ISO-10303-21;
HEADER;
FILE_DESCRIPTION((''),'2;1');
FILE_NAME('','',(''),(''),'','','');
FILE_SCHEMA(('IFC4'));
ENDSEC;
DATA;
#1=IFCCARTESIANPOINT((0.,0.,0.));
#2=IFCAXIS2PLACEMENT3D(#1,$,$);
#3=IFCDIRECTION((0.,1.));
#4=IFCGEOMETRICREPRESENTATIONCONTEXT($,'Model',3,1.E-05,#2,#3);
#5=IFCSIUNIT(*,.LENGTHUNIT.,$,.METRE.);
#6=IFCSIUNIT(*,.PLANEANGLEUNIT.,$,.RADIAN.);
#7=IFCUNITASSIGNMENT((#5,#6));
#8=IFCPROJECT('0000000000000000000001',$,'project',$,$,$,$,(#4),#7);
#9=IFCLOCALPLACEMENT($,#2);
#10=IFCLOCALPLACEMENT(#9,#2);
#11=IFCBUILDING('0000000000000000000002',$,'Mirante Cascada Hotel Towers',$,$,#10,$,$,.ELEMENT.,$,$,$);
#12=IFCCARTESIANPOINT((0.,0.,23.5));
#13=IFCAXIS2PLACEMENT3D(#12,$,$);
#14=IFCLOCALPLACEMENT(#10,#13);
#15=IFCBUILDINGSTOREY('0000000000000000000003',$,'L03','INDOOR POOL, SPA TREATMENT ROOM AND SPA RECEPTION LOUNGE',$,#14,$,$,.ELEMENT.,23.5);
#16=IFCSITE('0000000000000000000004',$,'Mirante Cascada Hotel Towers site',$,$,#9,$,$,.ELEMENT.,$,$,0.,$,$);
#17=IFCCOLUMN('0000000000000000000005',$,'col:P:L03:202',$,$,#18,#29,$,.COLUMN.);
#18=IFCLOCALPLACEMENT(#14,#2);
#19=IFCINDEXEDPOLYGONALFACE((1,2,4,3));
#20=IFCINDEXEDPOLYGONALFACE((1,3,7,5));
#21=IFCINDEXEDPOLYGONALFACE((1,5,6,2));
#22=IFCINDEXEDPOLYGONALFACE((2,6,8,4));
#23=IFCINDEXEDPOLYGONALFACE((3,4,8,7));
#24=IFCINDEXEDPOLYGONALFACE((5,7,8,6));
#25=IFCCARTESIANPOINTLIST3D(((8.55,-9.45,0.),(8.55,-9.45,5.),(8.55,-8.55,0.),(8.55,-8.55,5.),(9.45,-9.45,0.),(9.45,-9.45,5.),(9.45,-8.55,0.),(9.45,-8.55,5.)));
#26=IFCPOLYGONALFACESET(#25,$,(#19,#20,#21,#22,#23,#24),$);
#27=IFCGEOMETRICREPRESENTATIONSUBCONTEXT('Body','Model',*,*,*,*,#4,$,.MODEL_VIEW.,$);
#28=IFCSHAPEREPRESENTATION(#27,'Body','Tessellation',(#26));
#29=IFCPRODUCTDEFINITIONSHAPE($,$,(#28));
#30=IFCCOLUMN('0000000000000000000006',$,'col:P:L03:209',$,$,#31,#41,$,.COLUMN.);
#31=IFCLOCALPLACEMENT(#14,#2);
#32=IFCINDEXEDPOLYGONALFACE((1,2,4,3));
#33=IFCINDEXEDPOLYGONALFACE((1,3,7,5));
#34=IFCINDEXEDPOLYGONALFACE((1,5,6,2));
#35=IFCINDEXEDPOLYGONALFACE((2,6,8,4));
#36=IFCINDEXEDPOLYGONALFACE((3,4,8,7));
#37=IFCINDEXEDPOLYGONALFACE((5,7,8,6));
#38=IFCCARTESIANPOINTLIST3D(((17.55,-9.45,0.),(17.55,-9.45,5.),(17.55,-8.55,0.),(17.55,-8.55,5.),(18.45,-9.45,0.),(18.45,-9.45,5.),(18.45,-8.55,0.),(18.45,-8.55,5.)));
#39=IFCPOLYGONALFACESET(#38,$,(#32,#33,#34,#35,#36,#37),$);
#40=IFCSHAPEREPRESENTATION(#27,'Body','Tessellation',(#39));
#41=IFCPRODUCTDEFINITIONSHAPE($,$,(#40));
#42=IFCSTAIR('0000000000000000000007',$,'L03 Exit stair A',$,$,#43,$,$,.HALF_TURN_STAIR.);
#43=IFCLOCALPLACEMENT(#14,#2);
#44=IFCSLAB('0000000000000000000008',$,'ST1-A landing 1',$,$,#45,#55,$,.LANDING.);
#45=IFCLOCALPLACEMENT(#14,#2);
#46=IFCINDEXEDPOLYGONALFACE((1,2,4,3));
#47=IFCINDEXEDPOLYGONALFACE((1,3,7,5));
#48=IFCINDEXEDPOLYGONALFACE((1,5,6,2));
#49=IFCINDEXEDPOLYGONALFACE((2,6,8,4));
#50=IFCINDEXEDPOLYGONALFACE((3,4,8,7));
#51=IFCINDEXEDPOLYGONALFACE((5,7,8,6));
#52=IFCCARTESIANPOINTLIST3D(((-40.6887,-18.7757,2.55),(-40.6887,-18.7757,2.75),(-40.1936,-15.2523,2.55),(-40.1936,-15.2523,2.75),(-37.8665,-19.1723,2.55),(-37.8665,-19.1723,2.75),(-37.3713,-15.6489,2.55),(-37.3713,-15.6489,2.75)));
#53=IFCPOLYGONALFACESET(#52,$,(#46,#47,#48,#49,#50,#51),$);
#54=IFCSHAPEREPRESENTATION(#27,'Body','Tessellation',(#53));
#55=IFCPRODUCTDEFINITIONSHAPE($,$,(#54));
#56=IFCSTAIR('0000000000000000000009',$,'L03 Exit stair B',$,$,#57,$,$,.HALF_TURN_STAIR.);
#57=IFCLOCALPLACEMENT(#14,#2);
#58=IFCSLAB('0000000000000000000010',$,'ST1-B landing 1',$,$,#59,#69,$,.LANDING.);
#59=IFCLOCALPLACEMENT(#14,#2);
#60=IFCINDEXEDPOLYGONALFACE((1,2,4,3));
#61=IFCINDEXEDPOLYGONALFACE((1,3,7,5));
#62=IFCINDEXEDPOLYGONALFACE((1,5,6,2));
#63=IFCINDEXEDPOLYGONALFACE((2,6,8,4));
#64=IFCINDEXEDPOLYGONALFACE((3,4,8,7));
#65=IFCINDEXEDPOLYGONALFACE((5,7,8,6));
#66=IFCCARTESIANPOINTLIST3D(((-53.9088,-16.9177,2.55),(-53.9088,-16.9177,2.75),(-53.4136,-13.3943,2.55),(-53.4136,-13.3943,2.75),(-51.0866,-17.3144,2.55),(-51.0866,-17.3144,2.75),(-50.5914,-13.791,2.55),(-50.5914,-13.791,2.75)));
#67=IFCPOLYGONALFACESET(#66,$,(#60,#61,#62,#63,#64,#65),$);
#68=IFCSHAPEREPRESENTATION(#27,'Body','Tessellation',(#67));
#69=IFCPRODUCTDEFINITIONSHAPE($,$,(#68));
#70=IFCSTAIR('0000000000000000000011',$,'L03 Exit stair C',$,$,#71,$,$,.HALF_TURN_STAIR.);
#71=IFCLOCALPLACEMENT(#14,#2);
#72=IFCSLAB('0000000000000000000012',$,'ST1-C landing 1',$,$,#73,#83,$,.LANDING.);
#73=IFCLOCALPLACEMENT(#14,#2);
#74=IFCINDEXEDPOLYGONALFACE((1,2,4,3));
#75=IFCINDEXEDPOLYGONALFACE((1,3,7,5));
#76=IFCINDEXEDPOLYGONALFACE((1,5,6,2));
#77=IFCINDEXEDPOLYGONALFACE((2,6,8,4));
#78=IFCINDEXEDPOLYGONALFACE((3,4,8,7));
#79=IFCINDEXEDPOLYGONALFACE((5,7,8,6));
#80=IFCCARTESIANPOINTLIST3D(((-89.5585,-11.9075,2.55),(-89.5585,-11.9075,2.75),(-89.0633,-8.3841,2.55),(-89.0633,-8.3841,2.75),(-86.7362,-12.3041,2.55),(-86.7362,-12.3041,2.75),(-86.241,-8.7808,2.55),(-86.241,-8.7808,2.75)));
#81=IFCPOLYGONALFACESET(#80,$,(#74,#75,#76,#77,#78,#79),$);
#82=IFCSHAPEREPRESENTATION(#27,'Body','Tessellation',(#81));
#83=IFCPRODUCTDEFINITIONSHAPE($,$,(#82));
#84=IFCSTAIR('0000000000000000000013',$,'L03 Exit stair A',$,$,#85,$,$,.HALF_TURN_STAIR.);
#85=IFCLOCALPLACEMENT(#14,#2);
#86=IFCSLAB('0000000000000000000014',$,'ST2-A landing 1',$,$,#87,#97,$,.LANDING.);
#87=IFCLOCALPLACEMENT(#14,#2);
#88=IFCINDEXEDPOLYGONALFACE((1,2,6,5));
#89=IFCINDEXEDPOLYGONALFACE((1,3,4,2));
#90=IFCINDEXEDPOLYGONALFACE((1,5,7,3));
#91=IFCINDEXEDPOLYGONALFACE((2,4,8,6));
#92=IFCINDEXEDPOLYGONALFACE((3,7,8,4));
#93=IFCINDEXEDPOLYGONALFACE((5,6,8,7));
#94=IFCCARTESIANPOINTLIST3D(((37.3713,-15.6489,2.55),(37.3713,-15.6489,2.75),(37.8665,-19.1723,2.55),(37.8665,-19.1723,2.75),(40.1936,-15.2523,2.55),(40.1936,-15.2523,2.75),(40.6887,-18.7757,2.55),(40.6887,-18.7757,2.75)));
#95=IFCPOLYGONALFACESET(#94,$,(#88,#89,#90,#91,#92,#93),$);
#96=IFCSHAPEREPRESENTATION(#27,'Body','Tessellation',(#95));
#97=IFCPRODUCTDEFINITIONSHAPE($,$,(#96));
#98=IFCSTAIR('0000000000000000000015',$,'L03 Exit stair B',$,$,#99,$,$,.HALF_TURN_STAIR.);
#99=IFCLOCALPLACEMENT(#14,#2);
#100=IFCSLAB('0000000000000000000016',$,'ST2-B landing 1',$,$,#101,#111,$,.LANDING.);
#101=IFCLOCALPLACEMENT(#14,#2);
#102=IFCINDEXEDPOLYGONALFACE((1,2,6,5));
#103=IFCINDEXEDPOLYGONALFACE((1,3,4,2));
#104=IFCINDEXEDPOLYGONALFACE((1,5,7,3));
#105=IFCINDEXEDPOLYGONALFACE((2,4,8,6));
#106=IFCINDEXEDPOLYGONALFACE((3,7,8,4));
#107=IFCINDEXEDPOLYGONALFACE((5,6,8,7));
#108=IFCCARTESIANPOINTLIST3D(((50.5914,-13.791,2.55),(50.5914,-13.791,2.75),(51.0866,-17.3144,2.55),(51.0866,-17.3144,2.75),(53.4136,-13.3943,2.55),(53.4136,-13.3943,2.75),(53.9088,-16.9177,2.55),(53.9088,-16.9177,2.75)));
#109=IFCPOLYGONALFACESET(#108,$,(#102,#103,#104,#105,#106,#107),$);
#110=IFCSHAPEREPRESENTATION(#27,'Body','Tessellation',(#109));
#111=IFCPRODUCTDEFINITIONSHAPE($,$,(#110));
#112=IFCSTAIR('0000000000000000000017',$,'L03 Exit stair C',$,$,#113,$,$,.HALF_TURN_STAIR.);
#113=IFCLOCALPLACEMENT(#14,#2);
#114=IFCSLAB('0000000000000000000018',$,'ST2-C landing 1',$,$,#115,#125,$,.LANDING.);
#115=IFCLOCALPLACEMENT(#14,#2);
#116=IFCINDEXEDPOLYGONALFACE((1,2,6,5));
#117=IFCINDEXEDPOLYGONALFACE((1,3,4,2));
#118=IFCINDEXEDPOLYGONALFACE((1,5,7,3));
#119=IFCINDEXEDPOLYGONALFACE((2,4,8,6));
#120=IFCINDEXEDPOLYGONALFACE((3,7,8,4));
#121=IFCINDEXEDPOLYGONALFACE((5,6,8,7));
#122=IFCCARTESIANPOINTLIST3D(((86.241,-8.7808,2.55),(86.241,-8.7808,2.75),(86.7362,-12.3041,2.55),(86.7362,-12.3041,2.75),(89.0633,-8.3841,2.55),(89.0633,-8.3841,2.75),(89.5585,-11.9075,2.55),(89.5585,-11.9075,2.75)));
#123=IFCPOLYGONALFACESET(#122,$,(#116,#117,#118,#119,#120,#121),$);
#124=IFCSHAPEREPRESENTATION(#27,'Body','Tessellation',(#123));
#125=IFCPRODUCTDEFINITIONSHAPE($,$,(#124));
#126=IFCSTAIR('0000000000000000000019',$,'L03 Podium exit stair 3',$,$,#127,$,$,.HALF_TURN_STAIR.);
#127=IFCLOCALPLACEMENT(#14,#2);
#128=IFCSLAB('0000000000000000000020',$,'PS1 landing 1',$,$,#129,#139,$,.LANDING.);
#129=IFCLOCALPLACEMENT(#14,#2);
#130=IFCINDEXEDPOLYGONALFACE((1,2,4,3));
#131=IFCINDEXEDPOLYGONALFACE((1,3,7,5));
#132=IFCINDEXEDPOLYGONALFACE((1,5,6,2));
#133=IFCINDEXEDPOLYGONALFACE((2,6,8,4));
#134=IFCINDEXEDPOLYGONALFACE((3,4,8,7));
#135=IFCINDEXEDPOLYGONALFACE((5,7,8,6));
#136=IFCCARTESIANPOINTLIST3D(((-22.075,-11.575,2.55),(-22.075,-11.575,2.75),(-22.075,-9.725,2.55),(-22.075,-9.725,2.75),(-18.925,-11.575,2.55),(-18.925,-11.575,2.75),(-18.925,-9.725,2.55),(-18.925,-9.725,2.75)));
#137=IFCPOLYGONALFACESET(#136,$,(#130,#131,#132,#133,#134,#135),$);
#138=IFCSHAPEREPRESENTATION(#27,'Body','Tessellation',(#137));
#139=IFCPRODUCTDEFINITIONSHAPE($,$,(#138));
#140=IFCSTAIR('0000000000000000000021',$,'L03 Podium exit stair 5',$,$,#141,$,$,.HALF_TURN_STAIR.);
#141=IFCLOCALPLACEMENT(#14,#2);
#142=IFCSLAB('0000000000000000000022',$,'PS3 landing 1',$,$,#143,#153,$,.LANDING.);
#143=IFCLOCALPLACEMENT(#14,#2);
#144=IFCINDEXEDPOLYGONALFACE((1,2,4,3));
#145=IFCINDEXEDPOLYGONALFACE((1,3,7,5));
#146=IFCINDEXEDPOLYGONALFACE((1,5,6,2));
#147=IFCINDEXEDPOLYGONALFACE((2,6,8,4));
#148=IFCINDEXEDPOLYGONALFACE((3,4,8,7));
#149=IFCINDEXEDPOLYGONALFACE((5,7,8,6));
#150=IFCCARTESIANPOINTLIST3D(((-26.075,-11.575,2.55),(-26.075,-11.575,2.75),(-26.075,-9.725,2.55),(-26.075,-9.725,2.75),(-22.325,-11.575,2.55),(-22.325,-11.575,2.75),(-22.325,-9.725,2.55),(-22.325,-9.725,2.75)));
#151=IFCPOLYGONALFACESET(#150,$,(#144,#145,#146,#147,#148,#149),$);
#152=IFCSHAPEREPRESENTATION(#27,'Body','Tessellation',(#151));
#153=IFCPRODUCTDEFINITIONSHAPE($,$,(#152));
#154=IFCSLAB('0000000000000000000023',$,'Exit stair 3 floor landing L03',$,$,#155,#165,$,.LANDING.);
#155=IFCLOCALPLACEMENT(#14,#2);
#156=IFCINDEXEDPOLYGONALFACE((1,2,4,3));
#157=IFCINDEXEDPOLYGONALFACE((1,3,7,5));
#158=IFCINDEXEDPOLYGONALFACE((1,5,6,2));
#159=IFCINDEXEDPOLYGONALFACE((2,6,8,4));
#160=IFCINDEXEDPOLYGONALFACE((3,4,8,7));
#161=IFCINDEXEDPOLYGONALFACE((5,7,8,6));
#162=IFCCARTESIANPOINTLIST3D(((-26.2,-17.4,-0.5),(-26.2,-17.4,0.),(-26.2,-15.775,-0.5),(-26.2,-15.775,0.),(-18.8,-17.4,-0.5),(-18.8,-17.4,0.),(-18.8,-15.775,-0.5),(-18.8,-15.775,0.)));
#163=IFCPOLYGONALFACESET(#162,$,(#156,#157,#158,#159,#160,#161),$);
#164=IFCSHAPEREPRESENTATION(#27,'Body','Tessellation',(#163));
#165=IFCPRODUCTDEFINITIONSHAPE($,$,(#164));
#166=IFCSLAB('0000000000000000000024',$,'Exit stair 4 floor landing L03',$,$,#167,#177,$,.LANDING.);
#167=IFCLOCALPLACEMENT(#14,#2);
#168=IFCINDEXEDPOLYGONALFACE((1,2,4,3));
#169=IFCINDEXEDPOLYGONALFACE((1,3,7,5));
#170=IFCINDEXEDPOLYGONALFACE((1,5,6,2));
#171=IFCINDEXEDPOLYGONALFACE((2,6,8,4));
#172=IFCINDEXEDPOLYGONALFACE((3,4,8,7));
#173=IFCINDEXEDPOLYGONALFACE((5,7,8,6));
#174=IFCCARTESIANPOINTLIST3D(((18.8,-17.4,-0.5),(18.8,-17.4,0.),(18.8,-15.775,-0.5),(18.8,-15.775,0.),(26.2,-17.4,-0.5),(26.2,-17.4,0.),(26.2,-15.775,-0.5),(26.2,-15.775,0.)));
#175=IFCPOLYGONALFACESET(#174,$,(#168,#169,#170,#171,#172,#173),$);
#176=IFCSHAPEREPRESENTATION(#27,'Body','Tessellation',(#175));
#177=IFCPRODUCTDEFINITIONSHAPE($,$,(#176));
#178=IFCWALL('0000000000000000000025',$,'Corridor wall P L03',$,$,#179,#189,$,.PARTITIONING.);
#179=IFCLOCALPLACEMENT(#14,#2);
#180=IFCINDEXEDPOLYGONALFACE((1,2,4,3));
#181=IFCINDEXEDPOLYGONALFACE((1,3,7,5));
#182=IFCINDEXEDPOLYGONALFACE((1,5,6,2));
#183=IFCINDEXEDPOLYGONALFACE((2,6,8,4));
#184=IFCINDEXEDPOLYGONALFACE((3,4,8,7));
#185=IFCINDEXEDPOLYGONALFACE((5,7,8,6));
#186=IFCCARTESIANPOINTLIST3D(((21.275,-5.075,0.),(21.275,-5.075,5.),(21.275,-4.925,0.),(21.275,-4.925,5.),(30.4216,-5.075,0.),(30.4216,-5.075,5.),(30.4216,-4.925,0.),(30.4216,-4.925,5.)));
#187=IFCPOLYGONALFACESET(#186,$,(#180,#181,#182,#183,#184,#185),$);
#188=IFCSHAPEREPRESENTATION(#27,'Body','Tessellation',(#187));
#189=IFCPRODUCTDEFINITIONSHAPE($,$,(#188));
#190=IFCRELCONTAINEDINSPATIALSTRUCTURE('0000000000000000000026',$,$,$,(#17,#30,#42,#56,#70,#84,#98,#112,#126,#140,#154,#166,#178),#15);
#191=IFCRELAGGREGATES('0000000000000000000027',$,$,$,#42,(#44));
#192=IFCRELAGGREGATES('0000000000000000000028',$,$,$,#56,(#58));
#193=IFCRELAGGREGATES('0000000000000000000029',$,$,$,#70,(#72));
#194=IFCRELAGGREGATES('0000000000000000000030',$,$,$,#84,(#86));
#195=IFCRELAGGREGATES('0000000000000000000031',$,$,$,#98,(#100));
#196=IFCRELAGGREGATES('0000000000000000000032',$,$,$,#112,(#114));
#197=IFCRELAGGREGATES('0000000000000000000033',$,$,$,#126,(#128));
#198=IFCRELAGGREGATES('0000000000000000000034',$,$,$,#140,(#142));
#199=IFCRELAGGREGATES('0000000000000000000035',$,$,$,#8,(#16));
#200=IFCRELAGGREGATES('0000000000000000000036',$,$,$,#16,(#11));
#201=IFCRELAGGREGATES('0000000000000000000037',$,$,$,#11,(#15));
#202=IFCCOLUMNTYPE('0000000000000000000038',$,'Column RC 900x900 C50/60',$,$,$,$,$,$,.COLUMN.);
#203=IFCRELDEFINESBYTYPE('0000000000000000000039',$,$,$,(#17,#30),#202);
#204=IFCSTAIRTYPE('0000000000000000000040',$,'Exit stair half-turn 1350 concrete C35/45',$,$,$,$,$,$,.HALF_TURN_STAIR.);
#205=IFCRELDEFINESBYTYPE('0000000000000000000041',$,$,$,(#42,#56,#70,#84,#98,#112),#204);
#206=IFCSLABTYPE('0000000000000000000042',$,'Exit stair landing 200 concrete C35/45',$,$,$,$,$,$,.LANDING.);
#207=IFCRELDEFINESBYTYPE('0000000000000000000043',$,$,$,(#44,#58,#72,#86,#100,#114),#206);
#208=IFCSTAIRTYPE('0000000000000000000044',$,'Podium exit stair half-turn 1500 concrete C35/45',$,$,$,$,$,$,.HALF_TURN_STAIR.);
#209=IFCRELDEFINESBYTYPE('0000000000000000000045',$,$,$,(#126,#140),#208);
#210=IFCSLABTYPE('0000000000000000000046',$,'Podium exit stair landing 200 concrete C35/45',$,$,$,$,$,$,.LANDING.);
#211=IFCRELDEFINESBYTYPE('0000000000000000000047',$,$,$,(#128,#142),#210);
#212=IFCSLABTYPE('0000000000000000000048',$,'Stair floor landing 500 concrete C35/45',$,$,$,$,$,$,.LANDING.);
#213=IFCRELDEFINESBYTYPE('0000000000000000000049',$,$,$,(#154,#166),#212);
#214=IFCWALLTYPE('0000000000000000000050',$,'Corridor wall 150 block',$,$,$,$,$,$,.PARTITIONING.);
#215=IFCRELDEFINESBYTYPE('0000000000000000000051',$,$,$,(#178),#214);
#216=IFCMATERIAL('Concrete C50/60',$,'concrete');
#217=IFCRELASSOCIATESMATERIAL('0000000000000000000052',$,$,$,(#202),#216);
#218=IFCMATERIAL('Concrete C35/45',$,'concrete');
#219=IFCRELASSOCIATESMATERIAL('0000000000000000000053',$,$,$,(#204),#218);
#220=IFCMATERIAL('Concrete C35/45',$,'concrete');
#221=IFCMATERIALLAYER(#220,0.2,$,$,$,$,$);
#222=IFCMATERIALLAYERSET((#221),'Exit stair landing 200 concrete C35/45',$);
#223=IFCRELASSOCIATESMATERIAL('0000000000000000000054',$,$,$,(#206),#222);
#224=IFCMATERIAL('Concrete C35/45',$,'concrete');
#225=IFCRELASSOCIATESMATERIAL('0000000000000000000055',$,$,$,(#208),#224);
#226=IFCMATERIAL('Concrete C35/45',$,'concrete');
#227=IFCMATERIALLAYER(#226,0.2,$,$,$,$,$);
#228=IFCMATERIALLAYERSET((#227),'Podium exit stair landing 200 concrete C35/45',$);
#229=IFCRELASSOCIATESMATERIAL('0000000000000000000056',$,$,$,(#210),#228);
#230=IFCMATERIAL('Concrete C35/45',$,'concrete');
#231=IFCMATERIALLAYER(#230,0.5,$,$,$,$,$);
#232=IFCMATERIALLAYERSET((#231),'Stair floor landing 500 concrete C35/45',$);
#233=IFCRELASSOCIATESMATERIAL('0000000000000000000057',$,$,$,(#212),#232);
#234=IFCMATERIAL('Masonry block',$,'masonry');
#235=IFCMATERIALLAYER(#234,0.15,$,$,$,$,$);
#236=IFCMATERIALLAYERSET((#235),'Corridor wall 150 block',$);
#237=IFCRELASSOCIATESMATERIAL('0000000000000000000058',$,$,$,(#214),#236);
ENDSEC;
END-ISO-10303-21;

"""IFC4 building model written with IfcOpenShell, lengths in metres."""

from ifc_helpers import new_model, si_unit, direction, frame, frame_2d, origin, origin_2d, place, context, subcontext, project, spatial, polyline, rectangle, outline, extrude, material, layer, layer_set, material_profile, profile_set, type_object, element, aggregate, save


model = new_model("IFC4")

# Units and contexts
model_context = context("Model", 3, precision=1e-05, world=origin(), true_north=direction((0.0, 1.0)))
body_context = subcontext(model_context, "Body", "Model", "MODEL_VIEW")
ifc_project = project(units=[si_unit("LENGTHUNIT", "METRE"), si_unit("PLANEANGLEUNIT", "RADIAN")], contexts=[model_context])

# Site, building, storey
site_placement = place(None, origin())
site = spatial("IfcSite", under=ifc_project, at=site_placement, Name="Mirante Cascada Hotel Towers site", CompositionType="ELEMENT", RefElevation=0.0)
building_placement = place(site_placement, origin())
building = spatial("IfcBuilding", under=site, at=building_placement, Name="Mirante Cascada Hotel Towers", CompositionType="ELEMENT")
storey_placement = place(building_placement, frame((0.0, 0.0, 23.5)))
storey = spatial("IfcBuildingStorey", under=building, at=storey_placement, Name="L03", Description="INDOOR POOL, SPA TREATMENT ROOM AND SPA RECEPTION LOUNGE", CompositionType="ELEMENT", Elevation=23.5)

# Columns
ifc_material_1 = material(Name="Concrete C50/60", Category="concrete")
ifc_material_profile = material_profile(ifc_material_1, rectangle(XDim=0.9, YDim=0.9, at=origin_2d()), Name="RC 900x900")
ifc_profile_set = profile_set([ifc_material_profile], Name="Concrete C50/60")
column_type = type_object("IfcColumnType", Name="Column RC 900x900 C50/60", PredefinedType="COLUMN", material=ifc_profile_set)
for number, where, z_axis, x_axis, name in (
    (1, (9.0, -9.0, 0.0), (0.0, 0.0, 1.0), (1.0, 0.0, 0.0), "col:P:L03:202"),
    (2, (18.0, -9.0, 0.0), (0.0, 0.0, 1.0), (1.0, 0.0, 0.0), "col:P:L03:209"),
):
    element("IfcColumn", number, at=place(storey_placement, frame(where, z_axis=z_axis, x_axis=x_axis)), inside=storey, type_object=column_type, Name=name, PredefinedType="COLUMN", context=body_context, shape_type="SweptSolid", body=[
        extrude(rectangle(XDim=0.9, YDim=0.9, at=origin_2d()), origin(), (0.0, 0.0, 1.0), 5.0),
    ])

# Stairs, slabs
ifc_material_2 = material(Name="Concrete C35/45", Category="concrete")
stair_type_1 = type_object("IfcStairType", Name="Exit stair half-turn 1350 concrete C35/45", PredefinedType="HALF_TURN_STAIR", material=ifc_material_2)
stair_1_placement = place(storey_placement, origin())
stair_1 = element("IfcStair", 3, at=stair_1_placement, inside=storey, type_object=stair_type_1, Name="L03 Exit stair A", PredefinedType="HALF_TURN_STAIR")
ifc_material_3 = material(Name="Concrete C35/45", Category="concrete")
ifc_layer_1 = layer(ifc_material_3, 0.2)
ifc_layer_set_1 = layer_set([ifc_layer_1], Name="Exit stair landing 200 concrete C35/45")
slab_type_1 = type_object("IfcSlabType", Name="Exit stair landing 200 concrete C35/45", PredefinedType="LANDING", material=ifc_layer_set_1)
slab_1_placement = place(storey_placement, frame((0.0, 0.0, 2.55)))
slab_1 = element("IfcSlab", 4, at=slab_1_placement, type_object=slab_type_1, Name="ST1-A landing 1", PredefinedType="LANDING", context=body_context, shape_type="SweptSolid", body=[
    extrude(outline(polyline([(-40.1936, -15.2523), (-40.6887, -18.7757), (-37.8665, -19.1723), (-37.3713, -15.6489), (-40.1936, -15.2523)])), origin(), (0.0, 0.0, 1.0), 0.2),
])
aggregate(stair_1, [slab_1])
stair_2_placement = place(storey_placement, origin())
stair_2 = element("IfcStair", 5, at=stair_2_placement, inside=storey, type_object=stair_type_1, Name="L03 Exit stair B", PredefinedType="HALF_TURN_STAIR")
slab_2_placement = place(storey_placement, frame((0.0, 0.0, 2.55)))
slab_2 = element("IfcSlab", 6, at=slab_2_placement, type_object=slab_type_1, Name="ST1-B landing 1", PredefinedType="LANDING", context=body_context, shape_type="SweptSolid", body=[
    extrude(outline(polyline([(-53.4136, -13.3943), (-53.9088, -16.9177), (-51.0866, -17.3144), (-50.5914, -13.791), (-53.4136, -13.3943)])), origin(), (0.0, 0.0, 1.0), 0.2),
])
aggregate(stair_2, [slab_2])
stair_3_placement = place(storey_placement, origin())
stair_3 = element("IfcStair", 7, at=stair_3_placement, inside=storey, type_object=stair_type_1, Name="L03 Exit stair C", PredefinedType="HALF_TURN_STAIR")
slab_3_placement = place(storey_placement, frame((0.0, 0.0, 2.55)))
slab_3 = element("IfcSlab", 8, at=slab_3_placement, type_object=slab_type_1, Name="ST1-C landing 1", PredefinedType="LANDING", context=body_context, shape_type="SweptSolid", body=[
    extrude(outline(polyline([(-89.0633, -8.3841), (-89.5585, -11.9075), (-86.7362, -12.3041), (-86.241, -8.7808), (-89.0633, -8.3841)])), origin(), (0.0, 0.0, 1.0), 0.2),
])
aggregate(stair_3, [slab_3])
stair_4_placement = place(storey_placement, origin())
stair_4 = element("IfcStair", 9, at=stair_4_placement, inside=storey, type_object=stair_type_1, Name="L03 Exit stair A", PredefinedType="HALF_TURN_STAIR")
slab_4_placement = place(storey_placement, frame((0.0, 0.0, 2.55)))
slab_4 = element("IfcSlab", 10, at=slab_4_placement, type_object=slab_type_1, Name="ST2-A landing 1", PredefinedType="LANDING", context=body_context, shape_type="SweptSolid", body=[
    extrude(outline(polyline([(37.3713, -15.6489), (37.8665, -19.1723), (40.6887, -18.7757), (40.1936, -15.2523), (37.3713, -15.6489)])), origin(), (0.0, 0.0, 1.0), 0.2),
])
aggregate(stair_4, [slab_4])
stair_5_placement = place(storey_placement, origin())
stair_5 = element("IfcStair", 11, at=stair_5_placement, inside=storey, type_object=stair_type_1, Name="L03 Exit stair B", PredefinedType="HALF_TURN_STAIR")
slab_5_placement = place(storey_placement, frame((0.0, 0.0, 2.55)))
slab_5 = element("IfcSlab", 12, at=slab_5_placement, type_object=slab_type_1, Name="ST2-B landing 1", PredefinedType="LANDING", context=body_context, shape_type="SweptSolid", body=[
    extrude(outline(polyline([(50.5914, -13.791), (51.0866, -17.3144), (53.9088, -16.9177), (53.4136, -13.3943), (50.5914, -13.791)])), origin(), (0.0, 0.0, 1.0), 0.2),
])
aggregate(stair_5, [slab_5])
stair_6_placement = place(storey_placement, origin())
stair_6 = element("IfcStair", 13, at=stair_6_placement, inside=storey, type_object=stair_type_1, Name="L03 Exit stair C", PredefinedType="HALF_TURN_STAIR")
slab_6_placement = place(storey_placement, frame((0.0, 0.0, 2.55)))
slab_6 = element("IfcSlab", 14, at=slab_6_placement, type_object=slab_type_1, Name="ST2-C landing 1", PredefinedType="LANDING", context=body_context, shape_type="SweptSolid", body=[
    extrude(outline(polyline([(86.241, -8.7808), (86.7362, -12.3041), (89.5585, -11.9075), (89.0633, -8.3841), (86.241, -8.7808)])), origin(), (0.0, 0.0, 1.0), 0.2),
])
aggregate(stair_6, [slab_6])
ifc_material_4 = material(Name="Concrete C35/45", Category="concrete")
stair_type_2 = type_object("IfcStairType", Name="Podium exit stair half-turn 1500 concrete C35/45", PredefinedType="HALF_TURN_STAIR", material=ifc_material_4)
stair_7_placement = place(storey_placement, origin())
stair_7 = element("IfcStair", 15, at=stair_7_placement, inside=storey, type_object=stair_type_2, Name="L03 Podium exit stair 3", PredefinedType="HALF_TURN_STAIR")
ifc_material_5 = material(Name="Concrete C35/45", Category="concrete")
ifc_layer_2 = layer(ifc_material_5, 0.2)
ifc_layer_set_2 = layer_set([ifc_layer_2], Name="Podium exit stair landing 200 concrete C35/45")
slab_type_2 = type_object("IfcSlabType", Name="Podium exit stair landing 200 concrete C35/45", PredefinedType="LANDING", material=ifc_layer_set_2)
slab_7_placement = place(storey_placement, frame((0.0, 0.0, 2.55)))
slab_7 = element("IfcSlab", 16, at=slab_7_placement, type_object=slab_type_2, Name="PS1 landing 1", PredefinedType="LANDING", context=body_context, shape_type="SweptSolid", body=[
    extrude(outline(polyline([(-18.925, -11.575), (-18.925, -9.725), (-22.075, -9.725), (-22.075, -11.575), (-18.925, -11.575)])), origin(), (0.0, 0.0, 1.0), 0.2),
])
aggregate(stair_7, [slab_7])
stair_8_placement = place(storey_placement, origin())
stair_8 = element("IfcStair", 17, at=stair_8_placement, inside=storey, type_object=stair_type_2, Name="L03 Podium exit stair 5", PredefinedType="HALF_TURN_STAIR")
slab_8_placement = place(storey_placement, frame((0.0, 0.0, 2.55)))
slab_8 = element("IfcSlab", 18, at=slab_8_placement, type_object=slab_type_2, Name="PS3 landing 1", PredefinedType="LANDING", context=body_context, shape_type="SweptSolid", body=[
    extrude(outline(polyline([(-22.325, -11.575), (-22.325, -9.725), (-26.075, -9.725), (-26.075, -11.575), (-22.325, -11.575)])), origin(), (0.0, 0.0, 1.0), 0.2),
])
aggregate(stair_8, [slab_8])

# Slabs
ifc_material_6 = material(Name="Concrete C35/45", Category="concrete")
ifc_layer_3 = layer(ifc_material_6, 0.5)
ifc_layer_set_3 = layer_set([ifc_layer_3], Name="Stair floor landing 500 concrete C35/45")
slab_type_3 = type_object("IfcSlabType", Name="Stair floor landing 500 concrete C35/45", PredefinedType="LANDING", material=ifc_layer_set_3)
slab_9_placement = place(storey_placement, frame((0.0, 0.0, -0.5)))
element("IfcSlab", 19, at=slab_9_placement, inside=storey, type_object=slab_type_3, Name="Exit stair 3 floor landing L03", PredefinedType="LANDING", context=body_context, shape_type="SweptSolid", body=[
    extrude(outline(polyline([(-26.2, -17.4), (-18.8, -17.4), (-18.8, -15.775), (-26.2, -15.775), (-26.2, -17.4)])), origin(), (0.0, 0.0, 1.0), 0.5),
])
slab_10_placement = place(storey_placement, frame((0.0, 0.0, -0.5)))
element("IfcSlab", 20, at=slab_10_placement, inside=storey, type_object=slab_type_3, Name="Exit stair 4 floor landing L03", PredefinedType="LANDING", context=body_context, shape_type="SweptSolid", body=[
    extrude(outline(polyline([(18.8, -17.4), (26.2, -17.4), (26.2, -15.775), (18.8, -15.775), (18.8, -17.4)])), origin(), (0.0, 0.0, 1.0), 0.5),
])

# Wall
ifc_material_7 = material(Name="Masonry block", Category="masonry")
ifc_layer_4 = layer(ifc_material_7, 0.15)
ifc_layer_set_4 = layer_set([ifc_layer_4], Name="Corridor wall 150 block")
wall_type_1 = type_object("IfcWallType", Name="Corridor wall 150 block", PredefinedType="PARTITIONING", material=ifc_layer_set_4)
wall_1_placement = place(storey_placement, frame((21.275, -5.0, 0.0), z_axis=(0.0, 0.0, 1.0), x_axis=(1.0, 0.0, 0.0)))
element("IfcWall", 21, at=wall_1_placement, inside=storey, type_object=wall_type_1, Name="Corridor wall P L03", PredefinedType="PARTITIONING", context=body_context, shape_type="SweptSolid", body=[
    extrude(rectangle(XDim=9.1466, YDim=0.15, at=frame_2d((4.5733, 0.0))), origin(), (0.0, 0.0, 1.0), 5.0),
])

save(model, "model.ifc")
